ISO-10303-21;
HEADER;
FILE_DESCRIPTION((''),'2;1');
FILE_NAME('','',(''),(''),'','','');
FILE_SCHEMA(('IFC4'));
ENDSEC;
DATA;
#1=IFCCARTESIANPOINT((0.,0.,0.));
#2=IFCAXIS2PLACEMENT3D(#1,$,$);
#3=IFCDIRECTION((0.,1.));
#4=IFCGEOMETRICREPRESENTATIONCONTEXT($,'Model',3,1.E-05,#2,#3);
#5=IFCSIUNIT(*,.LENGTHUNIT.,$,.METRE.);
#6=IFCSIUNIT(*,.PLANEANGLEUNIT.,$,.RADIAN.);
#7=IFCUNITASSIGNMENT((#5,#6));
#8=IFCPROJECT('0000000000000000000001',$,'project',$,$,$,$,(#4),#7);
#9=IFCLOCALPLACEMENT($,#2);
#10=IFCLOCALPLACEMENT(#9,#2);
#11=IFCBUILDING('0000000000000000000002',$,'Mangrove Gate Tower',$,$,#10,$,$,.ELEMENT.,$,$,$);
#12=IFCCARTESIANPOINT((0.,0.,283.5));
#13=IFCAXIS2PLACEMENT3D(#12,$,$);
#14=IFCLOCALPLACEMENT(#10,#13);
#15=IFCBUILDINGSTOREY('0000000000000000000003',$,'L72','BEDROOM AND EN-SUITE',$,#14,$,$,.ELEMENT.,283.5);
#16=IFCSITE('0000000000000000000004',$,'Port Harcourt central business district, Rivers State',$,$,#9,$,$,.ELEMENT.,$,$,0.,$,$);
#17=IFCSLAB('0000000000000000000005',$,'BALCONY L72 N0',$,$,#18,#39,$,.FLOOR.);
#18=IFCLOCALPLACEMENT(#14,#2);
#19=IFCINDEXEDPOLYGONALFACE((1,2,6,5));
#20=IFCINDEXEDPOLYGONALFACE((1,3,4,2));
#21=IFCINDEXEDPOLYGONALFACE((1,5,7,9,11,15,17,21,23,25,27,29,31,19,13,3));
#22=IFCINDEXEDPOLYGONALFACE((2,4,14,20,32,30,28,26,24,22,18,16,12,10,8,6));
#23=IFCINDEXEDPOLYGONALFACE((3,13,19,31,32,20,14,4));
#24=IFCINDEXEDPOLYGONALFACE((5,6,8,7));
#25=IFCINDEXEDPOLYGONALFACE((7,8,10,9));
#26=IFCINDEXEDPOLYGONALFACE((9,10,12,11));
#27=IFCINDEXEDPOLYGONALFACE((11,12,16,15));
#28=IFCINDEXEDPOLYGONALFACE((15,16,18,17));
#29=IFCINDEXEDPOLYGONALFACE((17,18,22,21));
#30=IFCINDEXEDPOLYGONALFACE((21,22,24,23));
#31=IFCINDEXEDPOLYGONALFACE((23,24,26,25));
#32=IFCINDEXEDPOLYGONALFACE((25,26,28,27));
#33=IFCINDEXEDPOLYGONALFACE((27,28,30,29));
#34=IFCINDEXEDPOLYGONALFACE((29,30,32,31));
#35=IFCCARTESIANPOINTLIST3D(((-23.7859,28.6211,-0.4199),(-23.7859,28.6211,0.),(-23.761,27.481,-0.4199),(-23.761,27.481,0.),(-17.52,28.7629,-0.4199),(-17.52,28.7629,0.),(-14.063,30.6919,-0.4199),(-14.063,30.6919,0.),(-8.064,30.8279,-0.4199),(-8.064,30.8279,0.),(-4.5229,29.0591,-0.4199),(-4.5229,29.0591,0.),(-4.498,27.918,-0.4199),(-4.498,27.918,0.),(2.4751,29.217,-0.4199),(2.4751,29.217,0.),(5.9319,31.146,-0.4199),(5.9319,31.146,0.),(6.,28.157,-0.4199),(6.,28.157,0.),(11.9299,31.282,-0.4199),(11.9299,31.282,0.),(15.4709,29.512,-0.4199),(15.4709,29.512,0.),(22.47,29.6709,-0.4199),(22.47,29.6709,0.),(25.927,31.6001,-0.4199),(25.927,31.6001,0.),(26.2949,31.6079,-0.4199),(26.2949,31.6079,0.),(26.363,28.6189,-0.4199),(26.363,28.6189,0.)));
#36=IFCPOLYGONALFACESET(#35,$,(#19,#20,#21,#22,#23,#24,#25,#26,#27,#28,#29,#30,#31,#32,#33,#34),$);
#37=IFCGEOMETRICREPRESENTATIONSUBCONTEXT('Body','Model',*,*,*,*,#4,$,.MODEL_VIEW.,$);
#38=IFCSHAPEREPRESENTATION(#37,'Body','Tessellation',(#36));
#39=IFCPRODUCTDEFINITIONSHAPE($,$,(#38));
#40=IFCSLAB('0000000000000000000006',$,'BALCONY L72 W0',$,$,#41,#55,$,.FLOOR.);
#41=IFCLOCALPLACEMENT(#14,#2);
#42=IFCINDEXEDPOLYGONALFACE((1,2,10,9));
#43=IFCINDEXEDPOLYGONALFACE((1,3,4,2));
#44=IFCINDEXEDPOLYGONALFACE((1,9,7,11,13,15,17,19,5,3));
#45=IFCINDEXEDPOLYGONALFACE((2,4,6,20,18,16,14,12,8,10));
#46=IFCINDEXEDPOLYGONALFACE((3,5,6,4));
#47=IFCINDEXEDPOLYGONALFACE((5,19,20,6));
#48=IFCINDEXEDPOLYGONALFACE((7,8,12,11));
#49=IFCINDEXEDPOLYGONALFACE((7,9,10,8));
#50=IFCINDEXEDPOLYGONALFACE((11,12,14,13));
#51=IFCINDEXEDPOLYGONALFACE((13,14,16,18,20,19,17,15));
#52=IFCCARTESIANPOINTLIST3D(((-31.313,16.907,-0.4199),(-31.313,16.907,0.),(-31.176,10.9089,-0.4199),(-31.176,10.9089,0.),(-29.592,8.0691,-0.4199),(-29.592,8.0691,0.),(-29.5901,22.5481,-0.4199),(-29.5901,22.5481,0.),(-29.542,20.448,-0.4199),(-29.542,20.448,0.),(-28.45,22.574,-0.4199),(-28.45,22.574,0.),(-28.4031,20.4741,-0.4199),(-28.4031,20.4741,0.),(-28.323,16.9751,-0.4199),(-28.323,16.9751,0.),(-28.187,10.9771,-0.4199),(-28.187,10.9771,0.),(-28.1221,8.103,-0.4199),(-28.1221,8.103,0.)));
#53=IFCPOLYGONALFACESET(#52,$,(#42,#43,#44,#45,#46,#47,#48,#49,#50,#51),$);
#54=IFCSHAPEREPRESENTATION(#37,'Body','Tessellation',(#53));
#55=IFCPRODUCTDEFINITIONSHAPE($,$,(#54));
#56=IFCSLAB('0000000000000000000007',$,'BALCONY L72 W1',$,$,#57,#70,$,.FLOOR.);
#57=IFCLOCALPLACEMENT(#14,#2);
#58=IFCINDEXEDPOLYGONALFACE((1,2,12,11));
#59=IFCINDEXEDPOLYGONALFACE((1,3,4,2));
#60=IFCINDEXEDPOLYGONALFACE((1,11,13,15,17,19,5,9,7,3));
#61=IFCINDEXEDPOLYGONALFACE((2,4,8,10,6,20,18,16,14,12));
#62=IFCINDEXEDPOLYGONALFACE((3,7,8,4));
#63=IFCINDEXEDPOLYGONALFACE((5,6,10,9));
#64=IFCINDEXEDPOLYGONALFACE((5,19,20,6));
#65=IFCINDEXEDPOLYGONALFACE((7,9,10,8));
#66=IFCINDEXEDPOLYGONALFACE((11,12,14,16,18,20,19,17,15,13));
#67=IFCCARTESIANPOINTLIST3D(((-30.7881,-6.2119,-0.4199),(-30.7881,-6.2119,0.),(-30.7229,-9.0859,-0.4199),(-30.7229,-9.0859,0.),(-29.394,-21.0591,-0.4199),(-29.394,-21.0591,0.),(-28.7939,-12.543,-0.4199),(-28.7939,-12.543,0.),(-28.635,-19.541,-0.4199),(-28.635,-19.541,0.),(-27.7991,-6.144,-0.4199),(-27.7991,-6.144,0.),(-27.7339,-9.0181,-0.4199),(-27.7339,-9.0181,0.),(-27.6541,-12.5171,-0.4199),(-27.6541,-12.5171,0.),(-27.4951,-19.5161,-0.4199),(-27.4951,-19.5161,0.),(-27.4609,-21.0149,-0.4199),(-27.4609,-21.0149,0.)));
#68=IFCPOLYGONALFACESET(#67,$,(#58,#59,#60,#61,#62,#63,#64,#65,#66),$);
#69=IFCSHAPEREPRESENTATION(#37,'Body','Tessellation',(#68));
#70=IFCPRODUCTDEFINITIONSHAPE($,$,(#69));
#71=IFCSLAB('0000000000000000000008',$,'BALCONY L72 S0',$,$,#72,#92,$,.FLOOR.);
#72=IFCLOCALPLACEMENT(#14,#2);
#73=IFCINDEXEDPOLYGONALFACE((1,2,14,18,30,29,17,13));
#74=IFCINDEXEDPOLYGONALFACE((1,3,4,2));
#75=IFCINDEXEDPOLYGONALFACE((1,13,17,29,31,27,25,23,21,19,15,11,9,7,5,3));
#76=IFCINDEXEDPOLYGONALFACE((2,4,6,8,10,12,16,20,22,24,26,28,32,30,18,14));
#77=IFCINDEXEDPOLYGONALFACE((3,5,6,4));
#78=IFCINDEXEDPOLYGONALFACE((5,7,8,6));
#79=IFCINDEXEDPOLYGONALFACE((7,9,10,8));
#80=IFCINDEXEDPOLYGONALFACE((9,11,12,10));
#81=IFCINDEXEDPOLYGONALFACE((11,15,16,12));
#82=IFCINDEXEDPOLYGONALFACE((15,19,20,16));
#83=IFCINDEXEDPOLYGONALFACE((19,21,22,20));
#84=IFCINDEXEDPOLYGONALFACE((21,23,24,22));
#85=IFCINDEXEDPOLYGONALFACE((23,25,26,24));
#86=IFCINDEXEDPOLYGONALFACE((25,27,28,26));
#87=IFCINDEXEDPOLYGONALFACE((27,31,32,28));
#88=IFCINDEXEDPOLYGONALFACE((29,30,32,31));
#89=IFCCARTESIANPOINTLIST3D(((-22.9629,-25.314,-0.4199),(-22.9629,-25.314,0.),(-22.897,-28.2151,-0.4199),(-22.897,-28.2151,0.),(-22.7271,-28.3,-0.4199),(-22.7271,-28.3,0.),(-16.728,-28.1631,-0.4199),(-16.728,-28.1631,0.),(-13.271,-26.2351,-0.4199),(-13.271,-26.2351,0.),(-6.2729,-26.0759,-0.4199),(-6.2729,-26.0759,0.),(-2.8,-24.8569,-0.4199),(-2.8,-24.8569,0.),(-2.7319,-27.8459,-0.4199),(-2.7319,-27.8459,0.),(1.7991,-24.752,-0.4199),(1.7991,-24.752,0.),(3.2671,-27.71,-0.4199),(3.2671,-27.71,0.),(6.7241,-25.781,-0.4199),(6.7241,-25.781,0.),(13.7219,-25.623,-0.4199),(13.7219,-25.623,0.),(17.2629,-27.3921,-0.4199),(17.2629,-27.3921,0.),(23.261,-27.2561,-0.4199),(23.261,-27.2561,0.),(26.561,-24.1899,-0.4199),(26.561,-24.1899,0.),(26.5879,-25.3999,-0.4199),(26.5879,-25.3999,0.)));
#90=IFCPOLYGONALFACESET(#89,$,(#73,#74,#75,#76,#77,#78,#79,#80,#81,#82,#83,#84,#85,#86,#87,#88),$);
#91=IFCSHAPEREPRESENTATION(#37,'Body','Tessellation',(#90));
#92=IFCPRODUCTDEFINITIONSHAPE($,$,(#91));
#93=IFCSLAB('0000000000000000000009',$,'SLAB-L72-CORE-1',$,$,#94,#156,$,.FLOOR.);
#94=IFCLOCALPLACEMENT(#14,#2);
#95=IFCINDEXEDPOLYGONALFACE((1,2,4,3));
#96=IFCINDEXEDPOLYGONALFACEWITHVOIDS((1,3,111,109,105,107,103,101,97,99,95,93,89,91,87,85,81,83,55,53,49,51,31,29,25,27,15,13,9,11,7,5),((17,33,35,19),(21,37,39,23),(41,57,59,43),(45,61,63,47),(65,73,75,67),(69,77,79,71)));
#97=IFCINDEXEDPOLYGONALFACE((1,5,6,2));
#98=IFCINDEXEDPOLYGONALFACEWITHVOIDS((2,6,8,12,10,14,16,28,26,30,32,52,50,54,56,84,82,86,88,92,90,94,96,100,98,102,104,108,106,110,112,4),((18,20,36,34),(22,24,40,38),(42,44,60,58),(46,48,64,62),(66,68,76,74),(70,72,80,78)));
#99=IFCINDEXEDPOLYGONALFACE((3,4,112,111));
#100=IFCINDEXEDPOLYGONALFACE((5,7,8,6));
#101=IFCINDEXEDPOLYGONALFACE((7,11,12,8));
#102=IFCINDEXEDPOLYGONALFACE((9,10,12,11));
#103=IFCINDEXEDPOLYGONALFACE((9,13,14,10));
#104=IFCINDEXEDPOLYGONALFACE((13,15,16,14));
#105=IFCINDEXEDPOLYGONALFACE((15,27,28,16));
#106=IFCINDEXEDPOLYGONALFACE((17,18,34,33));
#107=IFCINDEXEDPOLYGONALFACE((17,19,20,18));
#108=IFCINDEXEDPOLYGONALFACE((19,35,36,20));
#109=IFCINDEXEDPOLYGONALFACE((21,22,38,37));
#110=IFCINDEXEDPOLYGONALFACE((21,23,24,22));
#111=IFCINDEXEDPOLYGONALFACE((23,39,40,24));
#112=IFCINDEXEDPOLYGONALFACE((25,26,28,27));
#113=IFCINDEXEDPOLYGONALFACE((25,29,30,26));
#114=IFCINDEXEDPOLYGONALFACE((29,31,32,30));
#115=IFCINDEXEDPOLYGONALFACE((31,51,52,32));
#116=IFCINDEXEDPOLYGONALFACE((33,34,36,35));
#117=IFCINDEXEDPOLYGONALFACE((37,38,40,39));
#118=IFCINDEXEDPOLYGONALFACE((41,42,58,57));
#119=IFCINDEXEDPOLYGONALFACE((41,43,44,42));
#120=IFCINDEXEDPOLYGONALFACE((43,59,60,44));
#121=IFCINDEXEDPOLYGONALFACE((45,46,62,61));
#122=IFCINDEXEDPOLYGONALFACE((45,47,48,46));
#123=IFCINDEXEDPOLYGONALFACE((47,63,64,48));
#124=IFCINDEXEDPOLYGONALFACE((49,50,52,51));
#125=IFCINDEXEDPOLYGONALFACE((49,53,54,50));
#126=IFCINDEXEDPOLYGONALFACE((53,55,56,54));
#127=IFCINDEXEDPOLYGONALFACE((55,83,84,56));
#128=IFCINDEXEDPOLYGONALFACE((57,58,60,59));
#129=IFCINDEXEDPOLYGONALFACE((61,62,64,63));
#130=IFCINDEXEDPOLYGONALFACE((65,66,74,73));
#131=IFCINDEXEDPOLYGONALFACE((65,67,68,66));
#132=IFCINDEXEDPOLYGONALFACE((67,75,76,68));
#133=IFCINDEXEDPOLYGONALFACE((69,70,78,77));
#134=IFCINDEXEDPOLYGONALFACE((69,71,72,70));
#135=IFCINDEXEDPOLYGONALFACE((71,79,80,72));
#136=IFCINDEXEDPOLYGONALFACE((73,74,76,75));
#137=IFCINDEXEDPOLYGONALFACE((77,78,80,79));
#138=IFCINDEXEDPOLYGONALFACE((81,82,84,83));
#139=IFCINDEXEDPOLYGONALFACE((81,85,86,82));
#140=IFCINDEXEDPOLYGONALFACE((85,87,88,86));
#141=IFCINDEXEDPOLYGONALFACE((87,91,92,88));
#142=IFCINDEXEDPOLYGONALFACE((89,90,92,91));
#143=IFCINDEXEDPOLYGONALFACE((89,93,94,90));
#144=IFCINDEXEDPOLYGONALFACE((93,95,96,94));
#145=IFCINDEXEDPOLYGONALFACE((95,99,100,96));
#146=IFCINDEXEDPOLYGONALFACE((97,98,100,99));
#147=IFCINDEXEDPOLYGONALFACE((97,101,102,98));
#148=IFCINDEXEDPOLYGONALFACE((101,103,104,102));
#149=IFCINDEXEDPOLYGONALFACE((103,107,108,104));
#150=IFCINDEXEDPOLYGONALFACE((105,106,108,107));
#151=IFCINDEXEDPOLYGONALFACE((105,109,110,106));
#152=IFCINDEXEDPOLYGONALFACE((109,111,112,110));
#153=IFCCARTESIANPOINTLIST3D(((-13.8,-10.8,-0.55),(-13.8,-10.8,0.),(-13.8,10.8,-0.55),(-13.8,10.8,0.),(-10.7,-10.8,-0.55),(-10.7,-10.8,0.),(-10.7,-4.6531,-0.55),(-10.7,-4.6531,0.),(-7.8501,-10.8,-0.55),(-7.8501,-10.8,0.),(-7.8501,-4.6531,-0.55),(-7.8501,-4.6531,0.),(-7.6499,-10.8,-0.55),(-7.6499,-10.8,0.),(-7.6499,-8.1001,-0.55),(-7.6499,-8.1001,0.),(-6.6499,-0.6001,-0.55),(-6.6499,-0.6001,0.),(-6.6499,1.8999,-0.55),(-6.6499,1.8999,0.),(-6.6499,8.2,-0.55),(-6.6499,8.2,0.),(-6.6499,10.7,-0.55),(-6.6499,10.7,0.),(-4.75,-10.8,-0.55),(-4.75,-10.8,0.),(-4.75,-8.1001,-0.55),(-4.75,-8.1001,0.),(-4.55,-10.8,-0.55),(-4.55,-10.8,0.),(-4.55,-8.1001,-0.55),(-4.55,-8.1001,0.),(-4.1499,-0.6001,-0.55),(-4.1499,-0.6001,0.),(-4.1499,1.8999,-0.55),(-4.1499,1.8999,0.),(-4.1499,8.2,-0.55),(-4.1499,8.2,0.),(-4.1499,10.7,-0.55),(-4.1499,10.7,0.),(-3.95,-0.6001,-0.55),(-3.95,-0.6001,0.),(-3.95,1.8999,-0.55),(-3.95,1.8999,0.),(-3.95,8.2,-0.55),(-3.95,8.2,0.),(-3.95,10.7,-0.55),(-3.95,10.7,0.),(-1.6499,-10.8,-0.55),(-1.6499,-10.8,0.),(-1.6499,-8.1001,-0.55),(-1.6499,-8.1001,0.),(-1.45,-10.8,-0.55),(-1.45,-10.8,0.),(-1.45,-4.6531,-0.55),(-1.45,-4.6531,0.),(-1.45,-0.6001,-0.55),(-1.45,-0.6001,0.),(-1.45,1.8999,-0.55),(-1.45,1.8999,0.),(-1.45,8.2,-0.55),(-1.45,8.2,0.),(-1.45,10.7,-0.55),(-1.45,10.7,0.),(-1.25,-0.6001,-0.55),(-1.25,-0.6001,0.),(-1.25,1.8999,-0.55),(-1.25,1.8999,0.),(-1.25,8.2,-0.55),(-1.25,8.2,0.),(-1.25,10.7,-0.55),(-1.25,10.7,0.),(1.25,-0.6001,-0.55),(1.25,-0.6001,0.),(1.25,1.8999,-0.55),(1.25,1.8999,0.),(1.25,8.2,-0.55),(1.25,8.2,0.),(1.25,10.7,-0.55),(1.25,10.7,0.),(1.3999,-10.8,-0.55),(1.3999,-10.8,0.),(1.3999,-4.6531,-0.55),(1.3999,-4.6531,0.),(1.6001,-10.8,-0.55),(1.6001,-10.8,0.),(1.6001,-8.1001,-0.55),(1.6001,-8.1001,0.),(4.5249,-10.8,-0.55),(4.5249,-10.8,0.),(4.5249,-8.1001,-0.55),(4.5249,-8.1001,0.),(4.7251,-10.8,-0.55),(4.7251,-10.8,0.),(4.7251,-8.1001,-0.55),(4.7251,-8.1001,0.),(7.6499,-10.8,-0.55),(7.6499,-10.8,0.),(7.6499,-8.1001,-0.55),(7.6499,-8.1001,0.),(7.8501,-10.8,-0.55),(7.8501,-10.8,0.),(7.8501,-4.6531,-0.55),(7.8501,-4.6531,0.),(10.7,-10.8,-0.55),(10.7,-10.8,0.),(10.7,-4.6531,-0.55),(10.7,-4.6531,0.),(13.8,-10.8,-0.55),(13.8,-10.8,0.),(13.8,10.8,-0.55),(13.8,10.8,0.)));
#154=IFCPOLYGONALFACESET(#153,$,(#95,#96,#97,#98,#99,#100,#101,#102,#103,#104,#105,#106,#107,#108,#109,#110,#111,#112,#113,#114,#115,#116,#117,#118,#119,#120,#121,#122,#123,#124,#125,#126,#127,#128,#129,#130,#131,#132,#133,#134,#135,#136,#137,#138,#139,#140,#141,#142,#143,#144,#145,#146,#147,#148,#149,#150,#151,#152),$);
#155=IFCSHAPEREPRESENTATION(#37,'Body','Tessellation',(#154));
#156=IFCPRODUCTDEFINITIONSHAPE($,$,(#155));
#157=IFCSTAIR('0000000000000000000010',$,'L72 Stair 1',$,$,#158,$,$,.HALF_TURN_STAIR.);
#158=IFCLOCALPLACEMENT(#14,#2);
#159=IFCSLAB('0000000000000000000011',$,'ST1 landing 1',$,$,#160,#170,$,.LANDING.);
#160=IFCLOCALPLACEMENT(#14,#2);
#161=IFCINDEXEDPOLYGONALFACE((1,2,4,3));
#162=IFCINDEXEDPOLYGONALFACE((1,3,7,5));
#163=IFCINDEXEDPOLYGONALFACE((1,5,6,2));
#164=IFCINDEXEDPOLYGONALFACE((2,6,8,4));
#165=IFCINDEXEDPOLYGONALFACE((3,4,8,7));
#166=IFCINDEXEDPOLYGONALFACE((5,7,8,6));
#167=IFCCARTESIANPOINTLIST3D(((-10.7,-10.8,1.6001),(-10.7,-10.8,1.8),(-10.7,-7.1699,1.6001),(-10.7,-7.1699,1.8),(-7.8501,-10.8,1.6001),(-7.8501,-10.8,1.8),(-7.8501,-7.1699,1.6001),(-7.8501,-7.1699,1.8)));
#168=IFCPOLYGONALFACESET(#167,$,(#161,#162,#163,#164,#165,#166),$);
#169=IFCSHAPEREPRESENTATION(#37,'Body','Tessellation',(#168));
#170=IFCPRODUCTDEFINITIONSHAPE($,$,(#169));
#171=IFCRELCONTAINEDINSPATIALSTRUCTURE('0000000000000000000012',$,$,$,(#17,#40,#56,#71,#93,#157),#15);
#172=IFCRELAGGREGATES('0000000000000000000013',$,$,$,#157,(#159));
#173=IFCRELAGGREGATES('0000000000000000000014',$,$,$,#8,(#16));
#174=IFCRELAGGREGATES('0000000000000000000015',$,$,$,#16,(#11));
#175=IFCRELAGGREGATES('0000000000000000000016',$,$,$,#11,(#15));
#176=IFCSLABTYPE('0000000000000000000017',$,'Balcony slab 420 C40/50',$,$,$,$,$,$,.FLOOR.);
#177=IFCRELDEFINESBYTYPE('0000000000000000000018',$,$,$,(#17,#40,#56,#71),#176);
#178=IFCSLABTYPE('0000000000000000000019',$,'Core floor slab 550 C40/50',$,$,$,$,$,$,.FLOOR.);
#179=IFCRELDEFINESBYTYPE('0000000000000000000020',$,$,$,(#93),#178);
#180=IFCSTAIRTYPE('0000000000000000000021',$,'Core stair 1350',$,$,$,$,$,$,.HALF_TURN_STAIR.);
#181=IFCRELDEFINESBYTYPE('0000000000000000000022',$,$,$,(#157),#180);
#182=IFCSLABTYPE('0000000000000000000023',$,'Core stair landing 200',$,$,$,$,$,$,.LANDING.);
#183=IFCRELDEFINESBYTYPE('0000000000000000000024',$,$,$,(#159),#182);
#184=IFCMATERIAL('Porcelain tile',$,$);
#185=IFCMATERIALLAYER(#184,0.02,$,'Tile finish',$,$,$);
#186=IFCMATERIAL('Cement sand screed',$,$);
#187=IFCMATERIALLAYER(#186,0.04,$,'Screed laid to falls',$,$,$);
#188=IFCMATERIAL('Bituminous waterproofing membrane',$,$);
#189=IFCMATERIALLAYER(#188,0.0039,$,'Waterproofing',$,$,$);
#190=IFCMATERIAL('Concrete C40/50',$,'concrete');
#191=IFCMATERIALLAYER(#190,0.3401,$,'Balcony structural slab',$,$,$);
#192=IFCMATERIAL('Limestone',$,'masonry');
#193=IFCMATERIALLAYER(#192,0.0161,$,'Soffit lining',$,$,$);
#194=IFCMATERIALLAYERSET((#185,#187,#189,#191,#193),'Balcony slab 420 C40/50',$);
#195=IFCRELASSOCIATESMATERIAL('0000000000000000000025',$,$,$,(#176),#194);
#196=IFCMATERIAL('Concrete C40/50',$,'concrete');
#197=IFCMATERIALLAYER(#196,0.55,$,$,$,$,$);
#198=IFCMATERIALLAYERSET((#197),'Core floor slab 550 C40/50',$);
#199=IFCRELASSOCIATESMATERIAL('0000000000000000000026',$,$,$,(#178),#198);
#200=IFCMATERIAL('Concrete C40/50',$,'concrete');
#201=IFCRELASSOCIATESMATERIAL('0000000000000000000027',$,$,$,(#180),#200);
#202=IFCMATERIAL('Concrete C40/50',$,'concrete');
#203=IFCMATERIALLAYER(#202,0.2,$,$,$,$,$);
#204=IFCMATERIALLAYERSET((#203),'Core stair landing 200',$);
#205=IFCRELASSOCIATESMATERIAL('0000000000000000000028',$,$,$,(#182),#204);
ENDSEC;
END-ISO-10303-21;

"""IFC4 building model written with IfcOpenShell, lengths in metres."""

from ifc_helpers import new_model, si_unit, direction, frame, origin, place, context, subcontext, project, spatial, polyline, outline, extrude, material, layer, layer_set, type_object, element, aggregate, save


model = new_model("IFC4")

# Units and contexts
model_context = context("Model", 3, precision=1e-05, world=origin(), true_north=direction((0.0, 1.0)))
body_context = subcontext(model_context, "Body", "Model", "MODEL_VIEW")
ifc_project = project(units=[si_unit("LENGTHUNIT", "METRE"), si_unit("PLANEANGLEUNIT", "RADIAN")], contexts=[model_context])

# Site, building, storey
site_placement = place(None, origin())
site = spatial("IfcSite", under=ifc_project, at=site_placement, Name="Port Harcourt central business district, Rivers State", CompositionType="ELEMENT", RefElevation=0.0)
building_placement = place(site_placement, origin())
building = spatial("IfcBuilding", under=site, at=building_placement, Name="Mangrove Gate Tower", CompositionType="ELEMENT")
storey_placement = place(building_placement, frame((0.0, 0.0, 283.5)))
storey = spatial("IfcBuildingStorey", under=building, at=storey_placement, Name="L72", Description="BEDROOM AND EN-SUITE", CompositionType="ELEMENT", Elevation=283.5)

# Slabs
ifc_material_1 = material(Name="Porcelain tile")
ifc_layer_1 = layer(ifc_material_1, 0.02, Name="Tile finish")
ifc_material_2 = material(Name="Cement sand screed")
ifc_layer_2 = layer(ifc_material_2, 0.04, Name="Screed laid to falls")
ifc_material_3 = material(Name="Bituminous waterproofing membrane")
ifc_layer_3 = layer(ifc_material_3, 0.0039, Name="Waterproofing")
ifc_material_4 = material(Name="Concrete C40/50", Category="concrete")
ifc_layer_4 = layer(ifc_material_4, 0.3401, Name="Balcony structural slab")
ifc_material_5 = material(Name="Limestone", Category="masonry")
ifc_layer_5 = layer(ifc_material_5, 0.0161, Name="Soffit lining")
ifc_layer_set_1 = layer_set([ifc_layer_1, ifc_layer_2, ifc_layer_3, ifc_layer_4, ifc_layer_5], Name="Balcony slab 420 C40/50")
slab_type_1 = type_object("IfcSlabType", Name="Balcony slab 420 C40/50", PredefinedType="FLOOR", material=ifc_layer_set_1)
slab_1_placement = place(storey_placement, frame((0.0, 0.0, -0.4199)))
element("IfcSlab", 1, at=slab_1_placement, inside=storey, type_object=slab_type_1, Name="BALCONY L72 N0", PredefinedType="FLOOR", context=body_context, shape_type="SweptSolid", body=[
    extrude(outline(polyline([(26.2949, 31.6079), (25.927, 31.6001), (22.47, 29.6709), (15.4709, 29.512), (11.9299, 31.282), (5.9319, 31.146), (2.4751, 29.217), (-4.5229, 29.0591), (-8.064, 30.8279), (-14.063, 30.6919), (-17.52, 28.7629), (-23.7859, 28.6211), (-23.761, 27.481), (-4.498, 27.918), (6.0, 28.157), (26.363, 28.6189), (26.2949, 31.6079)])), origin(), (0.0, 0.0, 1.0), 0.4199),
])
slab_2_placement = place(storey_placement, frame((0.0, 0.0, -0.4199)))
element("IfcSlab", 2, at=slab_2_placement, inside=storey, type_object=slab_type_1, Name="BALCONY L72 W0", PredefinedType="FLOOR", context=body_context, shape_type="SweptSolid", body=[
    extrude(outline(polyline([(-29.5901, 22.5481), (-29.542, 20.448), (-31.313, 16.907), (-31.176, 10.9089), (-29.592, 8.0691), (-28.1221, 8.103), (-28.187, 10.9771), (-28.323, 16.9751), (-28.4031, 20.4741), (-28.45, 22.574), (-29.5901, 22.5481)])), origin(), (0.0, 0.0, 1.0), 0.4199),
])
slab_3_placement = place(storey_placement, frame((0.0, 0.0, -0.4199)))
element("IfcSlab", 3, at=slab_3_placement, inside=storey, type_object=slab_type_1, Name="BALCONY L72 W1", PredefinedType="FLOOR", context=body_context, shape_type="SweptSolid", body=[
    extrude(outline(polyline([(-30.7881, -6.2119), (-30.7229, -9.0859), (-28.7939, -12.543), (-28.635, -19.541), (-29.394, -21.0591), (-27.4609, -21.0149), (-27.4951, -19.5161), (-27.6541, -12.5171), (-27.7339, -9.0181), (-27.7991, -6.144), (-30.7881, -6.2119)])), origin(), (0.0, 0.0, 1.0), 0.4199),
])
slab_4_placement = place(storey_placement, frame((0.0, 0.0, -0.4199)))
element("IfcSlab", 4, at=slab_4_placement, inside=storey, type_object=slab_type_1, Name="BALCONY L72 S0", PredefinedType="FLOOR", context=body_context, shape_type="SweptSolid", body=[
    extrude(outline(polyline([(-22.897, -28.2151), (-22.7271, -28.3), (-16.728, -28.1631), (-13.271, -26.2351), (-6.2729, -26.0759), (-2.7319, -27.8459), (3.2671, -27.71), (6.7241, -25.781), (13.7219, -25.623), (17.2629, -27.3921), (23.261, -27.2561), (26.5879, -25.3999), (26.561, -24.1899), (1.7991, -24.752), (-2.8, -24.8569), (-22.9629, -25.314), (-22.897, -28.2151)])), origin(), (0.0, 0.0, 1.0), 0.4199),
])
ifc_material_6 = material(Name="Concrete C40/50", Category="concrete")
ifc_layer_6 = layer(ifc_material_6, 0.55)
ifc_layer_set_2 = layer_set([ifc_layer_6], Name="Core floor slab 550 C40/50")
slab_type_2 = type_object("IfcSlabType", Name="Core floor slab 550 C40/50", PredefinedType="FLOOR", material=ifc_layer_set_2)
slab_5_placement = place(storey_placement, frame((0.0, 0.0, -0.55)))
element("IfcSlab", 5, at=slab_5_placement, inside=storey, type_object=slab_type_2, Name="SLAB-L72-CORE-1", PredefinedType="FLOOR", context=body_context, shape_type="SweptSolid", body=[
    extrude(outline(polyline([(-13.8, -10.8), (-13.8, 10.8), (13.8, 10.8), (13.8, -10.8), (10.7, -10.8), (10.7, -4.6531), (7.8501, -4.6531), (7.8501, -10.8), (7.6499, -10.8), (7.6499, -8.1001), (4.7251, -8.1001), (4.7251, -10.8), (4.5249, -10.8), (4.5249, -8.1001), (1.6001, -8.1001), (1.6001, -10.8), (1.3999, -10.8), (1.3999, -4.6531), (-1.45, -4.6531), (-1.45, -10.8), (-1.6499, -10.8), (-1.6499, -8.1001), (-4.55, -8.1001), (-4.55, -10.8), (-4.75, -10.8), (-4.75, -8.1001), (-7.6499, -8.1001), (-7.6499, -10.8), (-7.8501, -10.8), (-7.8501, -4.6531), (-10.7, -4.6531), (-10.7, -10.8), (-13.8, -10.8)]), holes=[polyline([(-4.1499, 1.8999), (-6.6499, 1.8999), (-6.6499, -0.6001), (-4.1499, -0.6001), (-4.1499, 1.8999)]), polyline([(-1.45, -0.6001), (-1.45, 1.8999), (-3.95, 1.8999), (-3.95, -0.6001), (-1.45, -0.6001)]), polyline([(-4.1499, 8.2), (-4.1499, 10.7), (-6.6499, 10.7), (-6.6499, 8.2), (-4.1499, 8.2)]), polyline([(-1.45, 10.7), (-3.95, 10.7), (-3.95, 8.2), (-1.45, 8.2), (-1.45, 10.7)]), polyline([(1.25, -0.6001), (1.25, 1.8999), (-1.25, 1.8999), (-1.25, -0.6001), (1.25, -0.6001)]), polyline([(1.25, 8.2), (1.25, 10.7), (-1.25, 10.7), (-1.25, 8.2), (1.25, 8.2)])]), origin(), (0.0, 0.0, 1.0), 0.55),
])

# Stair, slab
ifc_material_7 = material(Name="Concrete C40/50", Category="concrete")
stair_type = type_object("IfcStairType", Name="Core stair 1350", PredefinedType="HALF_TURN_STAIR", material=ifc_material_7)
stair_1_placement = place(storey_placement, origin())
stair_1 = element("IfcStair", 6, at=stair_1_placement, inside=storey, type_object=stair_type, Name="L72 Stair 1", PredefinedType="HALF_TURN_STAIR")
ifc_material_8 = material(Name="Concrete C40/50", Category="concrete")
ifc_layer_7 = layer(ifc_material_8, 0.2)
ifc_layer_set_3 = layer_set([ifc_layer_7], Name="Core stair landing 200")
slab_type_3 = type_object("IfcSlabType", Name="Core stair landing 200", PredefinedType="LANDING", material=ifc_layer_set_3)
slab_6_placement = place(storey_placement, frame((0.0, 0.0, 1.6001)))
slab_6 = element("IfcSlab", 7, at=slab_6_placement, type_object=slab_type_3, Name="ST1 landing 1", PredefinedType="LANDING", context=body_context, shape_type="SweptSolid", body=[
    extrude(outline(polyline([(-10.7, -7.1699), (-10.7, -10.8), (-7.8501, -10.8), (-7.8501, -7.1699), (-10.7, -7.1699)])), origin(), (0.0, 0.0, 1.0), 0.2),
])
aggregate(stair_1, [slab_6])

save(model, "model.ifc")
